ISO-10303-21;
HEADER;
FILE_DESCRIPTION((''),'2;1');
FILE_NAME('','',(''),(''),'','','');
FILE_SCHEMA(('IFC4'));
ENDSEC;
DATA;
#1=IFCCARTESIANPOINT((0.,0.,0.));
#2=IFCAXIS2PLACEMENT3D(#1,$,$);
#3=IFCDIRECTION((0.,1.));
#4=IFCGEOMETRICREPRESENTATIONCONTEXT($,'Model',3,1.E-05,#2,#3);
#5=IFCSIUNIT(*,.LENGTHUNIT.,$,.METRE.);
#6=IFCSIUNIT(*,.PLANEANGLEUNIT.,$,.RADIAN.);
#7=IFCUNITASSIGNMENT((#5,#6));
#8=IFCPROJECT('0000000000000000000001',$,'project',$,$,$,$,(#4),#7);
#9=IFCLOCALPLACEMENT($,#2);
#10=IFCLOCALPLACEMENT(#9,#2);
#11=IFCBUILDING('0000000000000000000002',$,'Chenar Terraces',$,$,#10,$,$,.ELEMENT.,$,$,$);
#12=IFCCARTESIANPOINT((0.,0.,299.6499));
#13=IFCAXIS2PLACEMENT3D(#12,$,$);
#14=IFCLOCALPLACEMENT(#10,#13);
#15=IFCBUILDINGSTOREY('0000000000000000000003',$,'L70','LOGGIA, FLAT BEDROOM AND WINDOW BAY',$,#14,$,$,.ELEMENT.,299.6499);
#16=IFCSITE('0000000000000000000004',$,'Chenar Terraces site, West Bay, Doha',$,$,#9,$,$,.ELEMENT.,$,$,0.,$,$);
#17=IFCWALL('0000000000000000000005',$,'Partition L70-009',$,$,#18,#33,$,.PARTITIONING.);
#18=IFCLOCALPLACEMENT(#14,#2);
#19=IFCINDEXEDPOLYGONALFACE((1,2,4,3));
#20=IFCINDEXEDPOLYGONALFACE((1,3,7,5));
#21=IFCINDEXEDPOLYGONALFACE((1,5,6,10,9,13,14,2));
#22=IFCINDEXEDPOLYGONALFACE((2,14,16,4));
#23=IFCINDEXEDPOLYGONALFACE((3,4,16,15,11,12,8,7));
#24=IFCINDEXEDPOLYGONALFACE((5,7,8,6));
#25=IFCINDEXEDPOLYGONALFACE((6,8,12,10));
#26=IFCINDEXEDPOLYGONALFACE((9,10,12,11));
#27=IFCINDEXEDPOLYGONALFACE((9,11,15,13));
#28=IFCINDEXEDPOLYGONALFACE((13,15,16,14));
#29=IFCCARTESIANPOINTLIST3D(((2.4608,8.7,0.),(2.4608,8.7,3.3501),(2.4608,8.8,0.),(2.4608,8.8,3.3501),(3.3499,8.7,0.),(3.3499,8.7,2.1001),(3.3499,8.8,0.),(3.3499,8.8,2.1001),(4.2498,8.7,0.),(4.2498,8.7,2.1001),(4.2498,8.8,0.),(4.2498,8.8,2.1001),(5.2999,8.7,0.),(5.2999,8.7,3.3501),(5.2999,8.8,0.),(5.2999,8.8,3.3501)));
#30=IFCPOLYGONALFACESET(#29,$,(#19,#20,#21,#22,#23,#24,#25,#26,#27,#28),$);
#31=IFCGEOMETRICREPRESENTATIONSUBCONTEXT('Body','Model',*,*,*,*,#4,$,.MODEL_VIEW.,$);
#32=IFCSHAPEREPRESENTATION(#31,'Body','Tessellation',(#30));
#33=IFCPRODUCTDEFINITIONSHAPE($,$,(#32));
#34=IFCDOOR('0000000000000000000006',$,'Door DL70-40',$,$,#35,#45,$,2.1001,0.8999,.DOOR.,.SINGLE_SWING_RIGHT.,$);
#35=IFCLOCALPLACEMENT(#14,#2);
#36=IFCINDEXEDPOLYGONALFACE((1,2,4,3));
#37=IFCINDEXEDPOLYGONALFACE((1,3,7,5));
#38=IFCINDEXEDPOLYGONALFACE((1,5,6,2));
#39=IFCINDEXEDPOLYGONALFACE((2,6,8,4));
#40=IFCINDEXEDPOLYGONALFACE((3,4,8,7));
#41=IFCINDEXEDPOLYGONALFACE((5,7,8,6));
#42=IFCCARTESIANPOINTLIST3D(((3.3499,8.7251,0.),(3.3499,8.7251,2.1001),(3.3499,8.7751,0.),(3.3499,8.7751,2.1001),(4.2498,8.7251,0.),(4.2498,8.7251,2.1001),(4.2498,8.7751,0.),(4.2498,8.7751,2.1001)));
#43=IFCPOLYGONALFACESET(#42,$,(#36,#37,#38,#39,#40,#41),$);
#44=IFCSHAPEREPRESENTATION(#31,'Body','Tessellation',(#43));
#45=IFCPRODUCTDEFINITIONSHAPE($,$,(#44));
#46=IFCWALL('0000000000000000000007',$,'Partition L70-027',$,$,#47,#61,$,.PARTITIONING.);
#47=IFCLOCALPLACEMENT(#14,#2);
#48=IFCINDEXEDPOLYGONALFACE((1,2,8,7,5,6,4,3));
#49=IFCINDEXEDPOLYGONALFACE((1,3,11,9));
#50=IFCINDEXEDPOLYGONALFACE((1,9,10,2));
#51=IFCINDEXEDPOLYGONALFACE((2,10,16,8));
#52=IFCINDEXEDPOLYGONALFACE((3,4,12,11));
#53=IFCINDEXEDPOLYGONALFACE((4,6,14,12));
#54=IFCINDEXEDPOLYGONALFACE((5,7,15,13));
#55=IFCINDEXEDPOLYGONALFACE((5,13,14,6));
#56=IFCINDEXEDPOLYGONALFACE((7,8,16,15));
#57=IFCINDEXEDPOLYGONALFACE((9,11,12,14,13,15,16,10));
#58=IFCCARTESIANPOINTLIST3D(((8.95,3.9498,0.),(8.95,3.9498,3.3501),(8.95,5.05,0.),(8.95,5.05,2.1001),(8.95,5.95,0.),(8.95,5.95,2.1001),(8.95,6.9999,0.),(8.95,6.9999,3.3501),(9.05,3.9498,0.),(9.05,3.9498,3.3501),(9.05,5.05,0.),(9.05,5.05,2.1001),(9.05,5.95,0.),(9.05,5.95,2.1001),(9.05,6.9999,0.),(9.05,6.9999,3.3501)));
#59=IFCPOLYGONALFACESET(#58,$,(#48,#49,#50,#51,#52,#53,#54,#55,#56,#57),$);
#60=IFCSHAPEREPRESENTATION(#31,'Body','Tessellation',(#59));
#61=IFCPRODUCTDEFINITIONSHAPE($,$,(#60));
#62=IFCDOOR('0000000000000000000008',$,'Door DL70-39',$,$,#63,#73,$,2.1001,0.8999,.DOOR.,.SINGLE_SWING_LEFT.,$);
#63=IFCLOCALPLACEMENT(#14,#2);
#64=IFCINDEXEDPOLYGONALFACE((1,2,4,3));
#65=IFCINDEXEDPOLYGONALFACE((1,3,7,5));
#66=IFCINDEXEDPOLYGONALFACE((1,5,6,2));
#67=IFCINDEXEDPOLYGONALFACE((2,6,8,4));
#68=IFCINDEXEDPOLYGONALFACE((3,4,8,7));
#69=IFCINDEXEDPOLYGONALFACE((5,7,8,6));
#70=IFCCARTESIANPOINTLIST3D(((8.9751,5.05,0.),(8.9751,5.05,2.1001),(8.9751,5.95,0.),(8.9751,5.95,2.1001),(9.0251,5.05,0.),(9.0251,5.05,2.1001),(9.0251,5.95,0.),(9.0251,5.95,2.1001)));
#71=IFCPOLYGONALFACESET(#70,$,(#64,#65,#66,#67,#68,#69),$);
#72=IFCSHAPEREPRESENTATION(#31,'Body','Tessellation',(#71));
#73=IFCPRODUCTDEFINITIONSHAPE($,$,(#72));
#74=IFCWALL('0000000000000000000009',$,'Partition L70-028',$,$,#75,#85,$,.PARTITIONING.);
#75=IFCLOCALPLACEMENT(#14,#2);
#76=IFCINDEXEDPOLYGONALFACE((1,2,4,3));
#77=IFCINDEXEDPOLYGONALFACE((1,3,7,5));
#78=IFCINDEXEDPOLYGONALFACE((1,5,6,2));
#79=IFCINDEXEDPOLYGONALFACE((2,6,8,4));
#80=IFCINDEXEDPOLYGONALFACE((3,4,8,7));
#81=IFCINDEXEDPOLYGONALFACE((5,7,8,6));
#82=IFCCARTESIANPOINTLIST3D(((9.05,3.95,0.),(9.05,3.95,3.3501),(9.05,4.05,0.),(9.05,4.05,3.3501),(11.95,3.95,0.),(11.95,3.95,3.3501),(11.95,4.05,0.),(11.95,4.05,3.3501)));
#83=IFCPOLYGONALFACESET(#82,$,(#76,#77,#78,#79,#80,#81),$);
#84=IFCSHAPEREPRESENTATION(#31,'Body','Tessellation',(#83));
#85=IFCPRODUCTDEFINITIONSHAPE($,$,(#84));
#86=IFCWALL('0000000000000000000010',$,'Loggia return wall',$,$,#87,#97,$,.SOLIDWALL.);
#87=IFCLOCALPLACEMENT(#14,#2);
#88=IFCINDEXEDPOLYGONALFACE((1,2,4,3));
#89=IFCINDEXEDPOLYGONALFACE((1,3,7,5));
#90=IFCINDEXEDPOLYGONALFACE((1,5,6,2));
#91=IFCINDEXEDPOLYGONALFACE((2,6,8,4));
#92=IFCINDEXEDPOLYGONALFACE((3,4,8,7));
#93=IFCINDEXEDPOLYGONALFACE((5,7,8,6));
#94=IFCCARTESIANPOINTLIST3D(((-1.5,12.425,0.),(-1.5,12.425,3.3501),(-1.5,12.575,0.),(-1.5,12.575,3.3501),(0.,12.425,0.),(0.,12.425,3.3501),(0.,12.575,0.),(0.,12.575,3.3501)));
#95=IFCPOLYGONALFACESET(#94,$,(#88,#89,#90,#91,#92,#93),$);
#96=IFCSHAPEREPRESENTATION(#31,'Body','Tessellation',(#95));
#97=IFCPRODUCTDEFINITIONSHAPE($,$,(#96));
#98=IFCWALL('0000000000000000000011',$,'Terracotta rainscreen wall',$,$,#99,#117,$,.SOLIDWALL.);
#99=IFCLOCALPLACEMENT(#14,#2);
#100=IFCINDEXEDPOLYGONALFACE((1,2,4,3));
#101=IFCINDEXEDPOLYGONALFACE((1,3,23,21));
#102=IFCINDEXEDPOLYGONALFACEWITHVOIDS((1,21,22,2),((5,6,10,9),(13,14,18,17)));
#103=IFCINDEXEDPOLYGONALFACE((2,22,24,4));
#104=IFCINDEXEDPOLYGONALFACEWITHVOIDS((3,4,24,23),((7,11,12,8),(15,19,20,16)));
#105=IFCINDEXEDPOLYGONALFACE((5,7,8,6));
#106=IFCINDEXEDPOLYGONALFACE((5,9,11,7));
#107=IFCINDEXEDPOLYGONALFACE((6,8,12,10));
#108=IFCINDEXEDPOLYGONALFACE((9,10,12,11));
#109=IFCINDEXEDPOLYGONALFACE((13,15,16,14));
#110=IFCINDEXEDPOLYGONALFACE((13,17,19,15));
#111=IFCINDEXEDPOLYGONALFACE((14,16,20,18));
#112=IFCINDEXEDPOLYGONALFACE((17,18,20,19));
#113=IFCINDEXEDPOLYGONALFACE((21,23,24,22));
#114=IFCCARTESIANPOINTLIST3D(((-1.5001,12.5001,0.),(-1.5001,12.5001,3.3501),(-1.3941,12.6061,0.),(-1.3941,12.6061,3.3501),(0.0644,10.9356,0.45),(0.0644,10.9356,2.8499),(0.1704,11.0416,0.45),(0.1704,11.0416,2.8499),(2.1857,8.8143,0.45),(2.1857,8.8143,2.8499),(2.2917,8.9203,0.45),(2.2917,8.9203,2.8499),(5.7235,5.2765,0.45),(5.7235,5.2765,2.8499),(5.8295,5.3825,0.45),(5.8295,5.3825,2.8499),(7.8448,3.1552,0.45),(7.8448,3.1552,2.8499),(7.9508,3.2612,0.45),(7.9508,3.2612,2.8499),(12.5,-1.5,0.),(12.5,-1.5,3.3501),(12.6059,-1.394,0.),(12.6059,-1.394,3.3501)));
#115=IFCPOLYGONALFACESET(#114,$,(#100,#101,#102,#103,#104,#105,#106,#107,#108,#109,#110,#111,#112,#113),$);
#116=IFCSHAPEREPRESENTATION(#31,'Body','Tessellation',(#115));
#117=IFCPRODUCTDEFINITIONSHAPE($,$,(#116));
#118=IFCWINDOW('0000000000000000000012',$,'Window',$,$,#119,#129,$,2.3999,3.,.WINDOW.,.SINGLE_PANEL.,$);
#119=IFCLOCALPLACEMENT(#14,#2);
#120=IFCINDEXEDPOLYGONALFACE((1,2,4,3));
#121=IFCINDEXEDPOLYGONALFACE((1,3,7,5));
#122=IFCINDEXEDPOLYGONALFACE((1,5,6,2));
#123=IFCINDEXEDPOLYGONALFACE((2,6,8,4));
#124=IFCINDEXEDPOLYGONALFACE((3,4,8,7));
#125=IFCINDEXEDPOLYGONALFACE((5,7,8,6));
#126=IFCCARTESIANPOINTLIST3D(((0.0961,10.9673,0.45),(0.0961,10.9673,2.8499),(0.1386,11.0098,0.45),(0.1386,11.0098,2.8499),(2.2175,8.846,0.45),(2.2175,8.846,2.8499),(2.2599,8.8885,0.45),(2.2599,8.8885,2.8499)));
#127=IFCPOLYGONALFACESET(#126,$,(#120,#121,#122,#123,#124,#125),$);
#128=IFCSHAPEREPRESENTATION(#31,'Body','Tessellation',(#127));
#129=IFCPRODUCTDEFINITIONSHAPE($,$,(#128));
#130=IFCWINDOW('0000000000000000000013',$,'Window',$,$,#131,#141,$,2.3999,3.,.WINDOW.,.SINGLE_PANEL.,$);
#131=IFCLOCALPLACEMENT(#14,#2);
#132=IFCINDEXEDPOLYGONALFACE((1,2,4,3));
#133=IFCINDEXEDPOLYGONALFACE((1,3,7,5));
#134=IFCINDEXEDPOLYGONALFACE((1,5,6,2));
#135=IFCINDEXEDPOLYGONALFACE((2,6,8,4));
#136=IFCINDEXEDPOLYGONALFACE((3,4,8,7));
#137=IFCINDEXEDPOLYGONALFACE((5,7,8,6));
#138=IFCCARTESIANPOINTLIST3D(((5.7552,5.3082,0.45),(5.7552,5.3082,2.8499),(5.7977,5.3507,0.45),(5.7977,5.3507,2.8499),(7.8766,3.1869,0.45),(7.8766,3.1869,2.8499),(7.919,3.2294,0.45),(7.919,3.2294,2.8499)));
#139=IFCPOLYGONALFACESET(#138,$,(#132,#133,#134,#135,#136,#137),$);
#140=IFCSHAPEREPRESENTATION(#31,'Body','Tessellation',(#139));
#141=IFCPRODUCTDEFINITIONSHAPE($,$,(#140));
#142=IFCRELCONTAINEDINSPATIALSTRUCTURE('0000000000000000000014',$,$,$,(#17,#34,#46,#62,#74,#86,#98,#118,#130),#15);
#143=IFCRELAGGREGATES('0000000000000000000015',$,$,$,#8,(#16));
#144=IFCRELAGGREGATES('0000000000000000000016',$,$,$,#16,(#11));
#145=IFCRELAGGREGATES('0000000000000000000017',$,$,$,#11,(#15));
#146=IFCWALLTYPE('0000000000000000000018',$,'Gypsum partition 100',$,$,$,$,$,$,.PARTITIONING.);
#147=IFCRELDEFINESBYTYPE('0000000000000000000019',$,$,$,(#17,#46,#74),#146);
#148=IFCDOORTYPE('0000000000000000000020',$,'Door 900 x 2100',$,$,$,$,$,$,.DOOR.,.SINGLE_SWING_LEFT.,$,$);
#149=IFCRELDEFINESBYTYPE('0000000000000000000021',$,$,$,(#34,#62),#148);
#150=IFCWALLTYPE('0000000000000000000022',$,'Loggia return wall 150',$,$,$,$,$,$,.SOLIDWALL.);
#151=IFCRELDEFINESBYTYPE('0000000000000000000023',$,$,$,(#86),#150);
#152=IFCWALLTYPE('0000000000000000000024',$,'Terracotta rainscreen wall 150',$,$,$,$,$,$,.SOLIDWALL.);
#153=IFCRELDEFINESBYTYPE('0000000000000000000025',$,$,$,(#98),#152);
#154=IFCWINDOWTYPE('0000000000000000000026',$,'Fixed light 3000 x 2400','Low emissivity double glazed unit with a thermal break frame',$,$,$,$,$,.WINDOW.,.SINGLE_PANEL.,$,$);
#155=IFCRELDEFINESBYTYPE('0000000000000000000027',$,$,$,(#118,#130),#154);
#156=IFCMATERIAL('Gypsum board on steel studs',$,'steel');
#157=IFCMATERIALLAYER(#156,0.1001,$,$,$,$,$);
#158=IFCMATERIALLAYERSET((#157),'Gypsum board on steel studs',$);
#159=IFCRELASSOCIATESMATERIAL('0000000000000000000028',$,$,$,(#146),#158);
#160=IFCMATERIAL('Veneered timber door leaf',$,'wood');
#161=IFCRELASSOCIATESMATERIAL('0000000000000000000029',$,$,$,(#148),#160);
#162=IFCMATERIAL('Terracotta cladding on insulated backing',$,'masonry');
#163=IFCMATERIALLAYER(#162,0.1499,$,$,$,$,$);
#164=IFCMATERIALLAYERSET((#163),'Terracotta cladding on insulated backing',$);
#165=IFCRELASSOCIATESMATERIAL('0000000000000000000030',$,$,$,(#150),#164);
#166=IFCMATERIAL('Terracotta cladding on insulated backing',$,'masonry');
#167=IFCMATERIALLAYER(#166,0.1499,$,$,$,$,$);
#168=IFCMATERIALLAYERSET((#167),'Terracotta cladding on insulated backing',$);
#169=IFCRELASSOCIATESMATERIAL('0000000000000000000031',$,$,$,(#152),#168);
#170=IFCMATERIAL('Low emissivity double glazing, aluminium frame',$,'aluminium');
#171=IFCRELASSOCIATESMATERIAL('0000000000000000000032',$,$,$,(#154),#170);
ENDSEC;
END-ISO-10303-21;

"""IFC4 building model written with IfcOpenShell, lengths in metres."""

from ifc_helpers import new_model, si_unit, direction, frame, frame_2d, origin, place, context, subcontext, project, spatial, rectangle, extrude, material, layer, layer_set, type_object, element, fill, save


model = new_model("IFC4")

# Units and contexts
model_context = context("Model", 3, precision=1e-05, world=origin(), true_north=direction((0.0, 1.0)))
body_context = subcontext(model_context, "Body", "Model", "MODEL_VIEW")
ifc_project = project(units=[si_unit("LENGTHUNIT", "METRE"), si_unit("PLANEANGLEUNIT", "RADIAN")], contexts=[model_context])

# Site, building, storey
site_placement = place(None, origin())
site = spatial("IfcSite", under=ifc_project, at=site_placement, Name="Chenar Terraces site, West Bay, Doha", CompositionType="ELEMENT", RefElevation=0.0)
building_placement = place(site_placement, origin())
building = spatial("IfcBuilding", under=site, at=building_placement, Name="Chenar Terraces", CompositionType="ELEMENT")
storey_placement = place(building_placement, frame((0.0, 0.0, 299.6499)))
storey = spatial("IfcBuildingStorey", under=building, at=storey_placement, Name="L70", Description="LOGGIA, FLAT BEDROOM AND WINDOW BAY", CompositionType="ELEMENT", Elevation=299.6499)

# Walls, openings, doors
ifc_material_1 = material(Name="Gypsum board on steel studs", Category="steel")
ifc_layer_1 = layer(ifc_material_1, 0.1001)
ifc_layer_set_1 = layer_set([ifc_layer_1], Name="Gypsum board on steel studs")
wall_type_1 = type_object("IfcWallType", Name="Gypsum partition 100", PredefinedType="PARTITIONING", material=ifc_layer_set_1)
wall_1_placement = place(storey_placement, frame((2.4609, 8.75, 0.0), z_axis=(0.0, 0.0, 1.0), x_axis=(1.0, 0.0, 0.0)))
wall_1 = element("IfcWall", 1, at=wall_1_placement, inside=storey, type_object=wall_type_1, Name="Partition L70-009", PredefinedType="PARTITIONING", context=body_context, shape_type="SweptSolid", body=[
    extrude(rectangle(XDim=2.8391, YDim=0.1001, at=frame_2d((1.4194, 0.0))), origin(), (0.0, 0.0, 1.0), 3.3501),
])
opening_1_placement = place(wall_1_placement, frame((0.8889, 0.0, 0.0)))
opening_1 = element("IfcOpeningElement", 2, at=opening_1_placement, cuts=wall_1, PredefinedType="OPENING", context=body_context, shape_type="SweptSolid", body=[
    extrude(rectangle(XDim=0.8999, YDim=2.1001, at=frame_2d((0.45, 1.05))), frame((0.0, 0.0601, 0.0), z_axis=(0.0, -1.0, 0.0), x_axis=(1.0, 0.0, 0.0)), (0.0, 0.0, 1.0), 0.1201),
])
ifc_material_2 = material(Name="Veneered timber door leaf", Category="wood")
door_type_1 = type_object("IfcDoorType", Name="Door 900 x 2100", OperationType="SINGLE_SWING_LEFT", PredefinedType="DOOR", material=ifc_material_2)
door_1_placement = place(opening_1_placement, frame((0.8999, 0.0, 0.0), z_axis=(0.0, 0.0, 1.0), x_axis=(-1.0, 0.0, 0.0)))
door_1 = element("IfcDoor", 3, at=door_1_placement, inside=storey, type_object=door_type_1, Name="Door DL70-40", OperationType="SINGLE_SWING_RIGHT", OverallHeight=2.1001, OverallWidth=0.8999, PredefinedType="DOOR", context=body_context, shape_type="SweptSolid", body=[
    extrude(rectangle(XDim=0.8999, YDim=2.1001, at=frame_2d((0.45, 1.05))), frame((0.0, 0.0249, 0.0), z_axis=(0.0, -1.0, 0.0), x_axis=(1.0, 0.0, 0.0)), (0.0, 0.0, 1.0), 0.05),
])
fill(opening_1, door_1)
wall_2_placement = place(storey_placement, frame((9.0, 3.95, 0.0), z_axis=(0.0, 0.0, 1.0), x_axis=(0.0, 1.0, 0.0)))
wall_2 = element("IfcWall", 4, at=wall_2_placement, inside=storey, type_object=wall_type_1, Name="Partition L70-027", PredefinedType="PARTITIONING", context=body_context, shape_type="SweptSolid", body=[
    extrude(rectangle(XDim=3.05, YDim=0.1001, at=frame_2d((1.5249, 0.0))), origin(), (0.0, 0.0, 1.0), 3.3501),
])
opening_2_placement = place(wall_2_placement, frame((1.1001, 0.0, 0.0)))
opening_2 = element("IfcOpeningElement", 5, at=opening_2_placement, cuts=wall_2, PredefinedType="OPENING", context=body_context, shape_type="SweptSolid", body=[
    extrude(rectangle(XDim=0.8999, YDim=2.1001, at=frame_2d((0.45, 1.05))), frame((0.0, 0.0601, 0.0), z_axis=(0.0, -1.0, 0.0), x_axis=(1.0, 0.0, 0.0)), (0.0, 0.0, 1.0), 0.1201),
])
door_2_placement = place(opening_2_placement, origin())
door_2 = element("IfcDoor", 6, at=door_2_placement, inside=storey, type_object=door_type_1, Name="Door DL70-39", OperationType="SINGLE_SWING_LEFT", OverallHeight=2.1001, OverallWidth=0.8999, PredefinedType="DOOR", context=body_context, shape_type="SweptSolid", body=[
    extrude(rectangle(XDim=0.8999, YDim=2.1001, at=frame_2d((0.45, 1.05))), frame((0.0, 0.0249, 0.0), z_axis=(0.0, -1.0, 0.0), x_axis=(1.0, 0.0, 0.0)), (0.0, 0.0, 1.0), 0.05),
])
fill(opening_2, door_2)

# Walls
wall_3_placement = place(storey_placement, frame((9.05, 4.0, 0.0), z_axis=(0.0, 0.0, 1.0), x_axis=(1.0, 0.0, 0.0)))
element("IfcWall", 7, at=wall_3_placement, inside=storey, type_object=wall_type_1, Name="Partition L70-028", PredefinedType="PARTITIONING", context=body_context, shape_type="SweptSolid", body=[
    extrude(rectangle(XDim=2.8999, YDim=0.1001, at=frame_2d((1.45, 0.0))), origin(), (0.0, 0.0, 1.0), 3.3501),
])
ifc_material_3 = material(Name="Terracotta cladding on insulated backing", Category="masonry")
ifc_layer_2 = layer(ifc_material_3, 0.1499)
ifc_layer_set_2 = layer_set([ifc_layer_2], Name="Terracotta cladding on insulated backing")
wall_type_2 = type_object("IfcWallType", Name="Loggia return wall 150", PredefinedType="SOLIDWALL", material=ifc_layer_set_2)
wall_4_placement = place(storey_placement, frame((-1.5, 12.5, 0.0), z_axis=(0.0, 0.0, 1.0), x_axis=(1.0, 0.0, 0.0)))
element("IfcWall", 8, at=wall_4_placement, inside=storey, type_object=wall_type_2, Name="Loggia return wall", PredefinedType="SOLIDWALL", context=body_context, shape_type="SweptSolid", body=[
    extrude(rectangle(XDim=1.5, YDim=0.1499, at=frame_2d((0.75, 0.0))), origin(), (0.0, 0.0, 1.0), 3.3501),
])

# Wall, openings, windows
ifc_material_4 = material(Name="Terracotta cladding on insulated backing", Category="masonry")
ifc_layer_3 = layer(ifc_material_4, 0.1499)
ifc_layer_set_3 = layer_set([ifc_layer_3], Name="Terracotta cladding on insulated backing")
wall_type_3 = type_object("IfcWallType", Name="Terracotta rainscreen wall 150", PredefinedType="SOLIDWALL", material=ifc_layer_set_3)
wall_5_placement = place(storey_placement, frame((-1.447, 12.553, 0.0), z_axis=(0.0, 0.0, 1.0), x_axis=(0.707107, -0.707107, 0.0)))
wall_5 = element("IfcWall", 9, at=wall_5_placement, inside=storey, type_object=wall_type_3, Name="Terracotta rainscreen wall", PredefinedType="SOLIDWALL", context=body_context, shape_type="SweptSolid", body=[
    extrude(rectangle(XDim=19.7991, YDim=0.1499, at=frame_2d((9.8994, 0.0))), origin(), (0.0, 0.0, 1.0), 3.3501),
])
opening_3_placement = place(wall_5_placement, frame((2.2124, 0.0, 0.45)))
opening_3 = element("IfcOpeningElement", 10, at=opening_3_placement, cuts=wall_5, PredefinedType="OPENING", context=body_context, shape_type="SweptSolid", body=[
    extrude(rectangle(XDim=3.0, YDim=2.3999, at=frame_2d((1.5, 1.2))), frame((0.0, 0.085, 0.0), z_axis=(0.0, -1.0, 0.0), x_axis=(1.0, 0.0, 0.0)), (0.0, 0.0, 1.0), 0.1699),
])
opening_4_placement = place(wall_5_placement, frame((10.2156, 0.0, 0.45)))
opening_4 = element("IfcOpeningElement", 11, at=opening_4_placement, cuts=wall_5, PredefinedType="OPENING", context=body_context, shape_type="SweptSolid", body=[
    extrude(rectangle(XDim=3.0, YDim=2.3999, at=frame_2d((1.5, 1.2))), frame((0.0, 0.085, 0.0), z_axis=(0.0, -1.0, 0.0), x_axis=(1.0, 0.0, 0.0)), (0.0, 0.0, 1.0), 0.1699),
])
ifc_material_5 = material(Name="Low emissivity double glazing, aluminium frame", Category="aluminium")
window_type = type_object("IfcWindowType", Name="Fixed light 3000 x 2400", Description="Low emissivity double glazed unit with a thermal break frame", PartitioningType="SINGLE_PANEL", PredefinedType="WINDOW", material=ifc_material_5)
window_1_placement = place(opening_3_placement, origin())
window_1 = element("IfcWindow", 12, at=window_1_placement, inside=storey, type_object=window_type, Name="Window", OverallHeight=2.3999, OverallWidth=3.0, PartitioningType="SINGLE_PANEL", PredefinedType="WINDOW", context=body_context, shape_type="SweptSolid", body=[
    extrude(rectangle(XDim=3.0, YDim=2.3999, at=frame_2d((1.5, 1.2))), frame((0.0, 0.03, 0.0), z_axis=(0.0, -1.0, 0.0), x_axis=(1.0, 0.0, 0.0)), (0.0, 0.0, 1.0), 0.0601),
])
fill(opening_3, window_1)
window_2_placement = place(opening_4_placement, origin())
window_2 = element("IfcWindow", 13, at=window_2_placement, inside=storey, type_object=window_type, Name="Window", OverallHeight=2.3999, OverallWidth=3.0, PartitioningType="SINGLE_PANEL", PredefinedType="WINDOW", context=body_context, shape_type="SweptSolid", body=[
    extrude(rectangle(XDim=3.0, YDim=2.3999, at=frame_2d((1.5, 1.2))), frame((0.0, 0.03, 0.0), z_axis=(0.0, -1.0, 0.0), x_axis=(1.0, 0.0, 0.0)), (0.0, 0.0, 1.0), 0.0601),
])
fill(opening_4, window_2)

save(model, "model.ifc")
